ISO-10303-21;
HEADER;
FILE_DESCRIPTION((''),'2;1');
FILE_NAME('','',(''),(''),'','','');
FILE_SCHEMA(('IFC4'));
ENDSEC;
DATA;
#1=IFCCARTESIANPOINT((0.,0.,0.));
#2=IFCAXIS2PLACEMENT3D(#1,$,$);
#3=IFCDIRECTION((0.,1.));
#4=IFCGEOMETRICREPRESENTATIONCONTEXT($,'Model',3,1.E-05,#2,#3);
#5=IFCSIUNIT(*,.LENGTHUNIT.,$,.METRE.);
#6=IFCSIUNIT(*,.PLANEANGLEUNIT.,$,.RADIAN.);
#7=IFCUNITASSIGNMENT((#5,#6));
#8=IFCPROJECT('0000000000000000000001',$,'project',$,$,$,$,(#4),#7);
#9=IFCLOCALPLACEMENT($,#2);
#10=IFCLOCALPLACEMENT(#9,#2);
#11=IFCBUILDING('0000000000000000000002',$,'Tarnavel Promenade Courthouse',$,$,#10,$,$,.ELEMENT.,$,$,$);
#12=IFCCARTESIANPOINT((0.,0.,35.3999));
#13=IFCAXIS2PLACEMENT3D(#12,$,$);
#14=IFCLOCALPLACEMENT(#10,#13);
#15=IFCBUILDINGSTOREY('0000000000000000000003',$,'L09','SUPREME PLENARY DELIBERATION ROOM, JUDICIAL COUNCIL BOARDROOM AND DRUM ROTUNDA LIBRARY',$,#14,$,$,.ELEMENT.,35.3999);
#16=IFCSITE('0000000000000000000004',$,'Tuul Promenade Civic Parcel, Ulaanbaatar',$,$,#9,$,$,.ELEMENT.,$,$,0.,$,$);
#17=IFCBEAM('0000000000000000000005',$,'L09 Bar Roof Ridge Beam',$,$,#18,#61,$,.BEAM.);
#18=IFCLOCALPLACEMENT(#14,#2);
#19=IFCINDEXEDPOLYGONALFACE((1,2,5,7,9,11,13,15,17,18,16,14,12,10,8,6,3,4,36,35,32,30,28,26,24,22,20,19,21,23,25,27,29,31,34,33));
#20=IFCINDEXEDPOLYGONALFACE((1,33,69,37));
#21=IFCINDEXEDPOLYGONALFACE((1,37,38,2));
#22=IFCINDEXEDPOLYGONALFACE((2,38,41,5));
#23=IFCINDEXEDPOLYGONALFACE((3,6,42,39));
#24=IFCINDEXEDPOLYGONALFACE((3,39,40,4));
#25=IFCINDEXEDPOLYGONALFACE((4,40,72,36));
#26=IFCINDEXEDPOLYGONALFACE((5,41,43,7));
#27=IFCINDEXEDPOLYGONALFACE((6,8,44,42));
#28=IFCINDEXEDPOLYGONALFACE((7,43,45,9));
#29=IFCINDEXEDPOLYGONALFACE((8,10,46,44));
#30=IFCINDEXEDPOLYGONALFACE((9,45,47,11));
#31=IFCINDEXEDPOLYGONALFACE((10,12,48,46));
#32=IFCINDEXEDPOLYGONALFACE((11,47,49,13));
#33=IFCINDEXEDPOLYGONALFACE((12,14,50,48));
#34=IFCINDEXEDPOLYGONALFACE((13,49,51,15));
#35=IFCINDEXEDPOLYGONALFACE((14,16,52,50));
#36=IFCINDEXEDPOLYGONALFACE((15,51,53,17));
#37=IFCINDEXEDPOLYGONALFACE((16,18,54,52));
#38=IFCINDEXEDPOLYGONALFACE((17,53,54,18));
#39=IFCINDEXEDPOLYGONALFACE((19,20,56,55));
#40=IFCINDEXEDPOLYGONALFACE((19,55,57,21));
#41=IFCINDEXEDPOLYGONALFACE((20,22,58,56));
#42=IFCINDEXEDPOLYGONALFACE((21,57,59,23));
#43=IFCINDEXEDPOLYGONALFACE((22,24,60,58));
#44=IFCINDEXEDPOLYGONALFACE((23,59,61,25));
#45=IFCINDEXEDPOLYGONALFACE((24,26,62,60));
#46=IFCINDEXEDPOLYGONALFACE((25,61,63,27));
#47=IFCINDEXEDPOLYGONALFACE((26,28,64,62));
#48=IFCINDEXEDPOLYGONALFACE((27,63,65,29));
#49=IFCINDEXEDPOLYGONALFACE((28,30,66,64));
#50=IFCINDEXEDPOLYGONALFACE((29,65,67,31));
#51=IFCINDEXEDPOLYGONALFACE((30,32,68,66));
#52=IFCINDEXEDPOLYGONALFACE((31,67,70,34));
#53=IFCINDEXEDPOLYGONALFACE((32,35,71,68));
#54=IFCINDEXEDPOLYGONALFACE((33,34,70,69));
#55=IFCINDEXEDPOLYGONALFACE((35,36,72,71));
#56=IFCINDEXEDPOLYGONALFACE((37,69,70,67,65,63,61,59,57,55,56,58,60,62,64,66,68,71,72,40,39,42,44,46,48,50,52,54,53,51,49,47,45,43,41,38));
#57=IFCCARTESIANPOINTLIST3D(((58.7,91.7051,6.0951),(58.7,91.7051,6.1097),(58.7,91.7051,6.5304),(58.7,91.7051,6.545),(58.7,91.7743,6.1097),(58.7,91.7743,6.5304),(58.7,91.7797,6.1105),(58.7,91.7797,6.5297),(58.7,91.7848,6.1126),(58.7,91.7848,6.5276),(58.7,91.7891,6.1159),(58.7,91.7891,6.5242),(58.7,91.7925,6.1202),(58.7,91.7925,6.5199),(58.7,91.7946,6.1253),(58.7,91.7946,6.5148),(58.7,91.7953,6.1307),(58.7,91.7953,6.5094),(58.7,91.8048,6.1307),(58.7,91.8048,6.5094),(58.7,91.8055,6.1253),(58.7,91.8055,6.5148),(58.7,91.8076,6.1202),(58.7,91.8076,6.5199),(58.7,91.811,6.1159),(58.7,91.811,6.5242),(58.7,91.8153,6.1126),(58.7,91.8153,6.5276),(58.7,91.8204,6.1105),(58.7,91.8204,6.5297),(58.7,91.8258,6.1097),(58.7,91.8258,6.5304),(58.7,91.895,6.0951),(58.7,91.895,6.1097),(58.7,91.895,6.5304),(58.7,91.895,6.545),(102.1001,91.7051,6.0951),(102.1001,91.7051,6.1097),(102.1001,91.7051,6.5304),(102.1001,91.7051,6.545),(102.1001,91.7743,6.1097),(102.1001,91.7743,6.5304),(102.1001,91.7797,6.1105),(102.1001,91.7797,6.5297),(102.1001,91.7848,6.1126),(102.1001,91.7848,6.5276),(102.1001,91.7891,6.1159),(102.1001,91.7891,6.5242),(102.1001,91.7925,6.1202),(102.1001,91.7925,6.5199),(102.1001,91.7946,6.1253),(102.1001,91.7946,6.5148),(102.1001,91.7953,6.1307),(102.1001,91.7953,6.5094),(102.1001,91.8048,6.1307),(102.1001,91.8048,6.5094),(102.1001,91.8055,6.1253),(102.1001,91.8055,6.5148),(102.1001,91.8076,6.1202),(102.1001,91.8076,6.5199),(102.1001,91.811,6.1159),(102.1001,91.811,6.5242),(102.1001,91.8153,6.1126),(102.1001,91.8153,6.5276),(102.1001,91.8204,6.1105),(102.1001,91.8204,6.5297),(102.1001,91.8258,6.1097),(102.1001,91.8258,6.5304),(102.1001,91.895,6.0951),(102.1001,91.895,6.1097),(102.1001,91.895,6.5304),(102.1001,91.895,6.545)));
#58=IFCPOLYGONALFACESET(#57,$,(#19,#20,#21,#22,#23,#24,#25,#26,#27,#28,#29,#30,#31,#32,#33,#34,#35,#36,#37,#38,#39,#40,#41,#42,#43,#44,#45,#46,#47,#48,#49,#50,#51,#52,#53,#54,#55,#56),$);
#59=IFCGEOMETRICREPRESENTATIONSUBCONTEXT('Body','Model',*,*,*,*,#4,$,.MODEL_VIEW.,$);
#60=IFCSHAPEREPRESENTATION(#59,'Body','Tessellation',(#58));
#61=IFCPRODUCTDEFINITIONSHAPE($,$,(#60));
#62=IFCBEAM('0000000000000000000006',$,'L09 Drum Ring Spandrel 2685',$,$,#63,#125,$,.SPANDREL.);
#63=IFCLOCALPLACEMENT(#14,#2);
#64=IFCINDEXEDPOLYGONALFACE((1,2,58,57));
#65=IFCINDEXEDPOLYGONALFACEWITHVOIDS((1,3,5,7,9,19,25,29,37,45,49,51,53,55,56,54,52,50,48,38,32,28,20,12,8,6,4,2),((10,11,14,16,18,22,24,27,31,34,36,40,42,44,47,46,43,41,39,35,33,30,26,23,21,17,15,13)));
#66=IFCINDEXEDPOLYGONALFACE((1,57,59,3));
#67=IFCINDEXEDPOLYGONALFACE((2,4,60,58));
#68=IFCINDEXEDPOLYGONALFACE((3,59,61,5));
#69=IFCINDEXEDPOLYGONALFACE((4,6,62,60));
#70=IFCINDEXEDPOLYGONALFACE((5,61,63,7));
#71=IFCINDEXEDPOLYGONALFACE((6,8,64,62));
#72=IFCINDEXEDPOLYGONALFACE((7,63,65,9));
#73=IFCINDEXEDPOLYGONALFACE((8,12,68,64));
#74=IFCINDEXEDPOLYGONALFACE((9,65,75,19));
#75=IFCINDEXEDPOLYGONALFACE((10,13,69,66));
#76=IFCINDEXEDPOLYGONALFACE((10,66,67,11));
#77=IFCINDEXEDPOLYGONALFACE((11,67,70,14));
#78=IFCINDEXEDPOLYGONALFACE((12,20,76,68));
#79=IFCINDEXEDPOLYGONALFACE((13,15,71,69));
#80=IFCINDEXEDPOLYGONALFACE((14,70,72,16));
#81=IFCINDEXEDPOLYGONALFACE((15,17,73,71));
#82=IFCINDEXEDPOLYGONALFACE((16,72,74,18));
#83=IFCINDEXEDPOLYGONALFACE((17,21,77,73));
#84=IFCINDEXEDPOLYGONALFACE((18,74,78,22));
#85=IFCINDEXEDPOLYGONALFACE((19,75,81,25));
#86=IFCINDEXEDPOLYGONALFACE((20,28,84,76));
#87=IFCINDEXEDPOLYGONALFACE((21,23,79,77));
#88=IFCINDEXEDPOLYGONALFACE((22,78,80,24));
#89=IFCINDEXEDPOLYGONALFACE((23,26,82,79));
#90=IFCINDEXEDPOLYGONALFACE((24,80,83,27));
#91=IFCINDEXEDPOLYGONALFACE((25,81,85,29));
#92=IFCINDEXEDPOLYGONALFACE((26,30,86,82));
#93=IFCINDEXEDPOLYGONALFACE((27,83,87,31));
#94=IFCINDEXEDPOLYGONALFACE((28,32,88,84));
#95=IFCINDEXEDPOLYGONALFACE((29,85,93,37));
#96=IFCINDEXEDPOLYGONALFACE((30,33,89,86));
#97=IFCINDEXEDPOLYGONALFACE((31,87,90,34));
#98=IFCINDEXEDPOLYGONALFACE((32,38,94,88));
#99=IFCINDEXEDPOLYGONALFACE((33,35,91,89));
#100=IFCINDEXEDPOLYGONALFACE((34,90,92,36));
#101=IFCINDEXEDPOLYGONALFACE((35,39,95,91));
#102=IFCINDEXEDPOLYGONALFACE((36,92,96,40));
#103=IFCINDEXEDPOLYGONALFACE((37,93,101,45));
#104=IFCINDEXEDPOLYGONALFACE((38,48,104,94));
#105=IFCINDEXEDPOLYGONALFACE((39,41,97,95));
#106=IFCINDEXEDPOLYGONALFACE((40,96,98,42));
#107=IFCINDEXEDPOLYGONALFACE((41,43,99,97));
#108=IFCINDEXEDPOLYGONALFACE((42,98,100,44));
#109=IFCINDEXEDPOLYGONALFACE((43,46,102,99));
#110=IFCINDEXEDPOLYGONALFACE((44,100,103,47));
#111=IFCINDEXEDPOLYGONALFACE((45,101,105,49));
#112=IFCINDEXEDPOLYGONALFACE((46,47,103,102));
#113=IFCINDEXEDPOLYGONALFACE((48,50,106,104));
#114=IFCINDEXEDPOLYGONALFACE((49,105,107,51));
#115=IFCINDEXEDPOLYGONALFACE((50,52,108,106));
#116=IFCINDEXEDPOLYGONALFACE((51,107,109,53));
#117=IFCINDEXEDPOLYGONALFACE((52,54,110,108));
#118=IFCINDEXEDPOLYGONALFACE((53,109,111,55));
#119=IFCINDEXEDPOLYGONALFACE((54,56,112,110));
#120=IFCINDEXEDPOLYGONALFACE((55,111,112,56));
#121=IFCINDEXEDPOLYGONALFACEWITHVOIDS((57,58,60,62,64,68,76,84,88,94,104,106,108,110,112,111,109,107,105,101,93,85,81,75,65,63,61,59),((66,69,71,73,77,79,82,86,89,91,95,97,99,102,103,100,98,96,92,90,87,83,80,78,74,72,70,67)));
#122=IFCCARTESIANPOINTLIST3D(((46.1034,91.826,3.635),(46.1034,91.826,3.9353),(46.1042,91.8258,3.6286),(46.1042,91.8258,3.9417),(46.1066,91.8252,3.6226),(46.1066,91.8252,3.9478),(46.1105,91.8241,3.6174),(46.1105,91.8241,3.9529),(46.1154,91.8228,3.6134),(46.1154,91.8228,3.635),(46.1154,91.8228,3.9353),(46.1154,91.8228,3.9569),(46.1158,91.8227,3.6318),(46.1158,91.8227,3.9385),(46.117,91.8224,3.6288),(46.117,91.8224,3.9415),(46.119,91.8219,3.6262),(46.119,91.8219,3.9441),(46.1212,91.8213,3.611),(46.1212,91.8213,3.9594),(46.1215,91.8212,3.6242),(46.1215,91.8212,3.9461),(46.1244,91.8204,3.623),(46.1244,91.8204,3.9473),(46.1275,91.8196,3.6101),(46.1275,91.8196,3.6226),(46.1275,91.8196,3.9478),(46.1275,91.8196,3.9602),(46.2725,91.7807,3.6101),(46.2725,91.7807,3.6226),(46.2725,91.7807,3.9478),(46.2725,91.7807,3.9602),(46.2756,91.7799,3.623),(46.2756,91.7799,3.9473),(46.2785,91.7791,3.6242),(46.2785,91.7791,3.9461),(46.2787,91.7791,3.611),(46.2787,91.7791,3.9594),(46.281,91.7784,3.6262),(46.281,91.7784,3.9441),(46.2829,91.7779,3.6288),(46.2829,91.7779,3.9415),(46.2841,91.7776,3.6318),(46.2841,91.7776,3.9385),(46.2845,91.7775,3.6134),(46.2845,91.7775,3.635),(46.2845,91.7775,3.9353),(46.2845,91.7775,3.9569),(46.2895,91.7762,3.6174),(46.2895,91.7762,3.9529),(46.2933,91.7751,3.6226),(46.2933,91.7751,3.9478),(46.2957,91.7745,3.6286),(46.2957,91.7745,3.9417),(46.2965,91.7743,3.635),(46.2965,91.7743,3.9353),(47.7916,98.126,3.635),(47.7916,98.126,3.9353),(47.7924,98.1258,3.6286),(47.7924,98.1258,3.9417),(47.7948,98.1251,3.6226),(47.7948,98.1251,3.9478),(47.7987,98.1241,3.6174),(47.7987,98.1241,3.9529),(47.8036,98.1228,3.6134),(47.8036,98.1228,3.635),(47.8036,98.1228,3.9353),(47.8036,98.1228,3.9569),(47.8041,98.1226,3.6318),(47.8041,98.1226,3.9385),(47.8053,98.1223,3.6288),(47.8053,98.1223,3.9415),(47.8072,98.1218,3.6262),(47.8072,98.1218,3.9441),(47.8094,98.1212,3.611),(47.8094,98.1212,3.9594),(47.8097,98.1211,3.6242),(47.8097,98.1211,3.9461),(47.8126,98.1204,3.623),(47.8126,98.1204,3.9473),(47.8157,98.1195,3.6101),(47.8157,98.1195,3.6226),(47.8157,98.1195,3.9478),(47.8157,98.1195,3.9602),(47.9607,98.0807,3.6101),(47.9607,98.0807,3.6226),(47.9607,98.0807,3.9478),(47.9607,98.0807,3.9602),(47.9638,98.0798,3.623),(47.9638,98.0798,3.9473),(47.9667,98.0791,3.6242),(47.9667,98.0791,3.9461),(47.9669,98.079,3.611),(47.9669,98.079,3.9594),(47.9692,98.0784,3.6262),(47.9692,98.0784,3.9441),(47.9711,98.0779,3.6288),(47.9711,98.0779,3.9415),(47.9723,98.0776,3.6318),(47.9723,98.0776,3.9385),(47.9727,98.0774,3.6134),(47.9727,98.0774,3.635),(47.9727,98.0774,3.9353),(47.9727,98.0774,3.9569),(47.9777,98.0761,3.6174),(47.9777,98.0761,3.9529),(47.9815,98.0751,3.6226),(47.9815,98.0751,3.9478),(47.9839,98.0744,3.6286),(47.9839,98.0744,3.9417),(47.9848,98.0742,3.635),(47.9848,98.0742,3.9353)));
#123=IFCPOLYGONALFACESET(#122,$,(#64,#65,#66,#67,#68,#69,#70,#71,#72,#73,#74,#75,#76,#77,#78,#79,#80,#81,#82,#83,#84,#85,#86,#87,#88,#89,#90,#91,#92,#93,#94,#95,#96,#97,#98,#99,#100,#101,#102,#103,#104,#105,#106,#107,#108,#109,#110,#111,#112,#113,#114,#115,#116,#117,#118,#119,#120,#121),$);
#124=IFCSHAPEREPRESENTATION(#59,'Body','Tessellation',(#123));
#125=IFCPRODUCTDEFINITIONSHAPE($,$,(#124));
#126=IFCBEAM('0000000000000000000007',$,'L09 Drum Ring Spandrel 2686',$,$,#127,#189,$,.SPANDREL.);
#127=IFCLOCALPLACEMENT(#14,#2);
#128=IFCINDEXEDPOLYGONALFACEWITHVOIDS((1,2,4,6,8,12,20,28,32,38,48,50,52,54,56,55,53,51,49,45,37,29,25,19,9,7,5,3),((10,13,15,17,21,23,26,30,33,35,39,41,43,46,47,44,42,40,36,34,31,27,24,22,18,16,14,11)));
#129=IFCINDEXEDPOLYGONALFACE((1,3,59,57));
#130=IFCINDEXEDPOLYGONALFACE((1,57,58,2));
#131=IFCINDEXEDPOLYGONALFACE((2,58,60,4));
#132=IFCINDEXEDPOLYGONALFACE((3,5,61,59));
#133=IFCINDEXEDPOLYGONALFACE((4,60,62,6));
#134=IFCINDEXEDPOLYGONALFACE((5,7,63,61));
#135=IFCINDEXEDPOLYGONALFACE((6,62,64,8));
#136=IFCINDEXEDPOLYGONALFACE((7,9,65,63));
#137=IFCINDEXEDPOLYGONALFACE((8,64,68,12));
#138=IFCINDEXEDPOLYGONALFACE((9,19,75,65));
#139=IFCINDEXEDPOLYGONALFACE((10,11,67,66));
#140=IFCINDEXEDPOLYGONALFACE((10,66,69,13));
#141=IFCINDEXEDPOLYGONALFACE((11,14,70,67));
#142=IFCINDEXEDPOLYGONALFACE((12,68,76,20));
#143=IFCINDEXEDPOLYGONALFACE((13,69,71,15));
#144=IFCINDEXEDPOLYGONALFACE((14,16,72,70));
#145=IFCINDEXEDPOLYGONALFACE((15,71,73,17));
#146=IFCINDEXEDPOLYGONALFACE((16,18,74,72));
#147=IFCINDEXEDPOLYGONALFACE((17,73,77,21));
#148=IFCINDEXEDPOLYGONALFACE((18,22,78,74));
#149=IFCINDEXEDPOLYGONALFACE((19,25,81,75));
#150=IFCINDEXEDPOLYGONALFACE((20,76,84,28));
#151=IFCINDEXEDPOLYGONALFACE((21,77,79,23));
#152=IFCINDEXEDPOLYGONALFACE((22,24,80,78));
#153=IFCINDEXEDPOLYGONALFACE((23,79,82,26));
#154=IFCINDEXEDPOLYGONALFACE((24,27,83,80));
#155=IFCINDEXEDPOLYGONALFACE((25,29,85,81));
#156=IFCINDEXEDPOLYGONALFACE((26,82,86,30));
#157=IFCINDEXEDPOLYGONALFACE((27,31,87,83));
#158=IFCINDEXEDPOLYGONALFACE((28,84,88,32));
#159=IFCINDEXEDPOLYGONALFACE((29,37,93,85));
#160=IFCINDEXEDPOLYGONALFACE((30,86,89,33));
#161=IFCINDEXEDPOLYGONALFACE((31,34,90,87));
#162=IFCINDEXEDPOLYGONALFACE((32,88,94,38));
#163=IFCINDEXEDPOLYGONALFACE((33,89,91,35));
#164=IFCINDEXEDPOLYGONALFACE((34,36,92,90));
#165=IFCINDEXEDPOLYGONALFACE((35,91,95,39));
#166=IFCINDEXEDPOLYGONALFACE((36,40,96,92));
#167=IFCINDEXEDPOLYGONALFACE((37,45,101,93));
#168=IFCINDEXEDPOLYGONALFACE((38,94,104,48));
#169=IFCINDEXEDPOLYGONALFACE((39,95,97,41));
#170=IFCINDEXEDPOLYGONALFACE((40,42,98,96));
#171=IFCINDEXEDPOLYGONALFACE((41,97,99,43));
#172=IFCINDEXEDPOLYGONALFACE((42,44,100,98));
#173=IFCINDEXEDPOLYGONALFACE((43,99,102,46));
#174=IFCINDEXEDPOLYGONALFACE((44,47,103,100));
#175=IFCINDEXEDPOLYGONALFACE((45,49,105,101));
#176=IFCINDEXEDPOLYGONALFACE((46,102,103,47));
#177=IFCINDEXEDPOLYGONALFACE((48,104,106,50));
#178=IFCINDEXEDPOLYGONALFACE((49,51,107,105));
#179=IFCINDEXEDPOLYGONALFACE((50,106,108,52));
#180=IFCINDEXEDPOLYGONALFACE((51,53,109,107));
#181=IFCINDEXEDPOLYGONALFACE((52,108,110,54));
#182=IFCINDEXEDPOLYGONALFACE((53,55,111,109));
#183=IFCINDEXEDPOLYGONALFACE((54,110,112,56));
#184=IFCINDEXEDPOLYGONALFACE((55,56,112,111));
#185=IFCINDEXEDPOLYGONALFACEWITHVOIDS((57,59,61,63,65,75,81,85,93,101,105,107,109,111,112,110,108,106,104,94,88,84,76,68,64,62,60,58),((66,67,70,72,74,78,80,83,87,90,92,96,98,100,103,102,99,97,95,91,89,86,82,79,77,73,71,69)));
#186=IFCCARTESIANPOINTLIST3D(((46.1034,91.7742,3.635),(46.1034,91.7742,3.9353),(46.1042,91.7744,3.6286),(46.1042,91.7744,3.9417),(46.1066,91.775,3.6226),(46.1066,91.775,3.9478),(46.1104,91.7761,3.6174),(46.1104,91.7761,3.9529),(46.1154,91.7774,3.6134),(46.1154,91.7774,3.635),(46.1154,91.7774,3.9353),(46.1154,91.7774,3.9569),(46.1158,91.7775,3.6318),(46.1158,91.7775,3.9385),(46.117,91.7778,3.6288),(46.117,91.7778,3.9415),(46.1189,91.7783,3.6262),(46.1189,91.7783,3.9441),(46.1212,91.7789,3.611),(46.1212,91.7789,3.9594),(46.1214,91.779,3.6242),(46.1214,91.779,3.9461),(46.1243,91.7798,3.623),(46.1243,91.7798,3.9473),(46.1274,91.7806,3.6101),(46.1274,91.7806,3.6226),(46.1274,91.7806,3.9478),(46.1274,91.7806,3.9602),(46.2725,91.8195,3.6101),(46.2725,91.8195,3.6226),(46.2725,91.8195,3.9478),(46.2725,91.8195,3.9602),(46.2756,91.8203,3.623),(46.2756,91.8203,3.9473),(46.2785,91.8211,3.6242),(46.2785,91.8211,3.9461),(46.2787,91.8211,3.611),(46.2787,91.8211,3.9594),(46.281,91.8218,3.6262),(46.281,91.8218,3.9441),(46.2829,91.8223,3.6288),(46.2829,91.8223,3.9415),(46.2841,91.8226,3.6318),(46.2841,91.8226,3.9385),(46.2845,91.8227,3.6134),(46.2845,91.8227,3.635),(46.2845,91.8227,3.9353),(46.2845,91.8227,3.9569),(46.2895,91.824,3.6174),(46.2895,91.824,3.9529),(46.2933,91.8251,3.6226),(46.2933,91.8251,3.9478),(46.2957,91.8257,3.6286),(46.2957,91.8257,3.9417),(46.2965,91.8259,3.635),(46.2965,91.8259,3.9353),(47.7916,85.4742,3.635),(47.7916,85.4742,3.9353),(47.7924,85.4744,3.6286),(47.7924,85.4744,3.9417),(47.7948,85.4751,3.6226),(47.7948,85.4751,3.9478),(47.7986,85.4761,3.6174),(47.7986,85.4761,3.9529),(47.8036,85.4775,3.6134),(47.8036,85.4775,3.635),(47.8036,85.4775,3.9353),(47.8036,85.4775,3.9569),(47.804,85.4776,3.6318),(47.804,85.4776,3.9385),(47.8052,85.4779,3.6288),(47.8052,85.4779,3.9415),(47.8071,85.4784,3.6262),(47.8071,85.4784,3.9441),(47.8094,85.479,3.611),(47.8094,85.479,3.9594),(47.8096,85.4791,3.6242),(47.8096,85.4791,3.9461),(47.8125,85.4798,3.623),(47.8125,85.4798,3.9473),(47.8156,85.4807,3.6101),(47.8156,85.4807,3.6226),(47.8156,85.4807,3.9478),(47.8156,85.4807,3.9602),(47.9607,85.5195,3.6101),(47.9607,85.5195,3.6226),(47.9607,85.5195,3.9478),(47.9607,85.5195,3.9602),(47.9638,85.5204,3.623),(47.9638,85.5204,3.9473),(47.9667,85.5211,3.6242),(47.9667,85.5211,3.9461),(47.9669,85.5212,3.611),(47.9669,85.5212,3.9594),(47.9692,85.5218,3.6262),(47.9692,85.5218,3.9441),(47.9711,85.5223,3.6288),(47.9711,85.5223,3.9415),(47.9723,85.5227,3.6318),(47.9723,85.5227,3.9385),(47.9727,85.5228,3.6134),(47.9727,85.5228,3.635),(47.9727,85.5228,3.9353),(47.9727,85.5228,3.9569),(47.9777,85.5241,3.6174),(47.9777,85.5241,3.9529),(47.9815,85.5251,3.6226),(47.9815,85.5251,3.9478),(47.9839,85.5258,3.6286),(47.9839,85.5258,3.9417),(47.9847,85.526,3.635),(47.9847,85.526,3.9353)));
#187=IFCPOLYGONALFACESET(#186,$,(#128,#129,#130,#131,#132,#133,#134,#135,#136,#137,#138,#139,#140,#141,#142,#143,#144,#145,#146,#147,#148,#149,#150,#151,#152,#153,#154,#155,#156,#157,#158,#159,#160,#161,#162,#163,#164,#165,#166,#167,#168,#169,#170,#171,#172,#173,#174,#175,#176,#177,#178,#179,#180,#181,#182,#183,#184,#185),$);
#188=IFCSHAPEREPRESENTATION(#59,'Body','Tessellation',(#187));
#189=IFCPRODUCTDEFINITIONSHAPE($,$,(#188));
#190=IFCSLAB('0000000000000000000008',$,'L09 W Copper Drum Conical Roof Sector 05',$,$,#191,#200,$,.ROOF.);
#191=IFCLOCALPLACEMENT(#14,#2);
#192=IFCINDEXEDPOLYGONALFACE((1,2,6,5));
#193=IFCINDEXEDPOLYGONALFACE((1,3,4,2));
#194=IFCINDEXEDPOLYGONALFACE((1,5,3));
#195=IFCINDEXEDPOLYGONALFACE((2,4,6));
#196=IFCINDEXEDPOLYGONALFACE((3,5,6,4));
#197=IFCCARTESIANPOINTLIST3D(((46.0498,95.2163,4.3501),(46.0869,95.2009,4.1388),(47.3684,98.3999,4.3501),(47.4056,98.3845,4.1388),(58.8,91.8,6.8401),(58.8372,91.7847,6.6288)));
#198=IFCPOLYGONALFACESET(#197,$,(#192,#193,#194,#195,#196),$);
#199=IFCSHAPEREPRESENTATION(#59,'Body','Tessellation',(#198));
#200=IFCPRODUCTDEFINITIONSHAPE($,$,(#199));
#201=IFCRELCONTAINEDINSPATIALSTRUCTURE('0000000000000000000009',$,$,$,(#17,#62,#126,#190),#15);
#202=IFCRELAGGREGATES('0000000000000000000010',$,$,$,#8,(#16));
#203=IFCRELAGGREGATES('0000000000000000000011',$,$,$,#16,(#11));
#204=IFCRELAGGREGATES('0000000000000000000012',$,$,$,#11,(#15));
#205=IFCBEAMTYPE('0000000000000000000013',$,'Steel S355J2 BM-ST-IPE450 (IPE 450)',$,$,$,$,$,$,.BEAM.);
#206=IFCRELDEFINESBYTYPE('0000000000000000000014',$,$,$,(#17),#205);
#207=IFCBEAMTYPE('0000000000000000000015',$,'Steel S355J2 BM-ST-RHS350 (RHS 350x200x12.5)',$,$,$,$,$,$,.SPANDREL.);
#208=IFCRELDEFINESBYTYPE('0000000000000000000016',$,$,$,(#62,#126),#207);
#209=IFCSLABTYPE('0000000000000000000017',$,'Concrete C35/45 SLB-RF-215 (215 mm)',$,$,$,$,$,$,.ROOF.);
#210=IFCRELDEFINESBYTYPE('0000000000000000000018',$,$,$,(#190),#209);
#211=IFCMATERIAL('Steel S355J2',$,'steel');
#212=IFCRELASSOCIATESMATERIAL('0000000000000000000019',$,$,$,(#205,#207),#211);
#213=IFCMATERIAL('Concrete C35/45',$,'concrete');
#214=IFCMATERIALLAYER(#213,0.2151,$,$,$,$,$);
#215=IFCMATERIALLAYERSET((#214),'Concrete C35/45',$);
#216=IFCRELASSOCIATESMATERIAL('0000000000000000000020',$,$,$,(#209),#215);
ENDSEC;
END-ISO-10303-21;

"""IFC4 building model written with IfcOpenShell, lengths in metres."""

from ifc_helpers import new_model, si_unit, direction, frame, origin, origin_2d, place, context, subcontext, project, spatial, polyline, hollow_rectangle, i_section, outline, extrude, material, layer, layer_set, material_profile, profile_set, type_object, element, save


model = new_model("IFC4")

# Units and contexts
model_context = context("Model", 3, precision=1e-05, world=origin(), true_north=direction((0.0, 1.0)))
body_context = subcontext(model_context, "Body", "Model", "MODEL_VIEW")
ifc_project = project(units=[si_unit("LENGTHUNIT", "METRE"), si_unit("PLANEANGLEUNIT", "RADIAN")], contexts=[model_context])

# Site, building, storey
site_placement = place(None, origin())
site = spatial("IfcSite", under=ifc_project, at=site_placement, Name="Tuul Promenade Civic Parcel, Ulaanbaatar", CompositionType="ELEMENT", RefElevation=0.0)
building_placement = place(site_placement, origin())
building = spatial("IfcBuilding", under=site, at=building_placement, Name="Tarnavel Promenade Courthouse", CompositionType="ELEMENT")
storey_placement = place(building_placement, frame((0.0, 0.0, 35.3999)))
storey = spatial("IfcBuildingStorey", under=building, at=storey_placement, Name="L09", Description="SUPREME PLENARY DELIBERATION ROOM, JUDICIAL COUNCIL BOARDROOM AND DRUM ROTUNDA LIBRARY", CompositionType="ELEMENT", Elevation=35.3999)

# Beams
ifc_material_1 = material(Name="Steel S355J2", Category="steel")
ifc_material_profile_1 = material_profile(ifc_material_1, i_section(OverallWidth=0.1899, OverallDepth=0.45, WebThickness=0.0095, FlangeThickness=0.0146, FilletRadius=0.021, at=origin_2d()), Name="IPE 450")
ifc_profile_set_1 = profile_set([ifc_material_profile_1], Name="Steel S355J2")
beam_type_1 = type_object("IfcBeamType", Name="Steel S355J2 BM-ST-IPE450 (IPE 450)", PredefinedType="BEAM", material=ifc_profile_set_1)
beam_placement = place(storey_placement, frame((58.7, 91.8, 6.3201), z_axis=(1.0, 0.0, 0.0), x_axis=(0.0, 1.0, 0.0)))
element("IfcBeam", 1, at=beam_placement, inside=storey, type_object=beam_type_1, Name="L09 Bar Roof Ridge Beam", PredefinedType="BEAM", context=body_context, shape_type="SweptSolid", body=[
    extrude(i_section(OverallWidth=0.1899, OverallDepth=0.45, WebThickness=0.0095, FlangeThickness=0.0146, FilletRadius=0.021, at=origin_2d()), origin(), (0.0, 0.0, 1.0), 43.4001),
])
ifc_material_profile_2 = material_profile(ifc_material_1, hollow_rectangle(XDim=0.2, YDim=0.3501, WallThickness=0.0125, InnerFilletRadius=0.0125, OuterFilletRadius=0.0249, at=origin_2d()), Name="RHS 350x200x12.5")
ifc_profile_set_2 = profile_set([ifc_material_profile_2], Name="Steel S355J2")
beam_type_2 = type_object("IfcBeamType", Name="Steel S355J2 BM-ST-RHS350 (RHS 350x200x12.5)", PredefinedType="SPANDREL", material=ifc_profile_set_2)
for number, where, z_axis, x_axis, name in (
    (2, (47.8882, 98.1001, 3.7852), (-0.258839, -0.96592, 0.0), (0.96592, -0.258839, 0.0), "L09 Drum Ring Spandrel 2685"),
    (3, (46.2, 91.8, 3.7852), (0.258839, -0.96592, 0.0), (0.96592, 0.258839, 0.0), "L09 Drum Ring Spandrel 2686"),
):
    element("IfcBeam", number, at=place(storey_placement, frame(where, z_axis=z_axis, x_axis=x_axis)), inside=storey, type_object=beam_type_2, Name=name, PredefinedType="SPANDREL", context=body_context, shape_type="SweptSolid", body=[
        extrude(hollow_rectangle(XDim=0.2, YDim=0.3501, WallThickness=0.0125, InnerFilletRadius=0.0125, OuterFilletRadius=0.0249, at=origin_2d()), origin(), (0.0, 0.0, 1.0), 6.5222),
    ])

# Slab
ifc_material_2 = material(Name="Concrete C35/45", Category="concrete")
ifc_layer_1 = layer(ifc_material_2, 0.2151)
ifc_layer_set_1 = layer_set([ifc_layer_1], Name="Concrete C35/45")
slab_type = type_object("IfcSlabType", Name="Concrete C35/45 SLB-RF-215 (215 mm)", PredefinedType="ROOF", material=ifc_layer_set_1)
slab_1_placement = place(storey_placement, frame((47.3684, 98.3999, 4.3501), z_axis=(-0.172684, 0.071524, 0.982377), x_axis=(-0.382663, -0.923888, 0.0)))
element("IfcSlab", 4, at=slab_1_placement, inside=storey, type_object=slab_type, Name="L09 W Copper Drum Conical Roof Sector 05", PredefinedType="ROOF", context=body_context, shape_type="SweptSolid", body=[
    extrude(outline(polyline([(0.0, 0.0), (3.4459, 0.0), (1.7231, 13.3218), (0.0, 0.0)])), origin(), (0.0, 0.0, -1.0), 0.2151),
])

save(model, "model.ifc")
